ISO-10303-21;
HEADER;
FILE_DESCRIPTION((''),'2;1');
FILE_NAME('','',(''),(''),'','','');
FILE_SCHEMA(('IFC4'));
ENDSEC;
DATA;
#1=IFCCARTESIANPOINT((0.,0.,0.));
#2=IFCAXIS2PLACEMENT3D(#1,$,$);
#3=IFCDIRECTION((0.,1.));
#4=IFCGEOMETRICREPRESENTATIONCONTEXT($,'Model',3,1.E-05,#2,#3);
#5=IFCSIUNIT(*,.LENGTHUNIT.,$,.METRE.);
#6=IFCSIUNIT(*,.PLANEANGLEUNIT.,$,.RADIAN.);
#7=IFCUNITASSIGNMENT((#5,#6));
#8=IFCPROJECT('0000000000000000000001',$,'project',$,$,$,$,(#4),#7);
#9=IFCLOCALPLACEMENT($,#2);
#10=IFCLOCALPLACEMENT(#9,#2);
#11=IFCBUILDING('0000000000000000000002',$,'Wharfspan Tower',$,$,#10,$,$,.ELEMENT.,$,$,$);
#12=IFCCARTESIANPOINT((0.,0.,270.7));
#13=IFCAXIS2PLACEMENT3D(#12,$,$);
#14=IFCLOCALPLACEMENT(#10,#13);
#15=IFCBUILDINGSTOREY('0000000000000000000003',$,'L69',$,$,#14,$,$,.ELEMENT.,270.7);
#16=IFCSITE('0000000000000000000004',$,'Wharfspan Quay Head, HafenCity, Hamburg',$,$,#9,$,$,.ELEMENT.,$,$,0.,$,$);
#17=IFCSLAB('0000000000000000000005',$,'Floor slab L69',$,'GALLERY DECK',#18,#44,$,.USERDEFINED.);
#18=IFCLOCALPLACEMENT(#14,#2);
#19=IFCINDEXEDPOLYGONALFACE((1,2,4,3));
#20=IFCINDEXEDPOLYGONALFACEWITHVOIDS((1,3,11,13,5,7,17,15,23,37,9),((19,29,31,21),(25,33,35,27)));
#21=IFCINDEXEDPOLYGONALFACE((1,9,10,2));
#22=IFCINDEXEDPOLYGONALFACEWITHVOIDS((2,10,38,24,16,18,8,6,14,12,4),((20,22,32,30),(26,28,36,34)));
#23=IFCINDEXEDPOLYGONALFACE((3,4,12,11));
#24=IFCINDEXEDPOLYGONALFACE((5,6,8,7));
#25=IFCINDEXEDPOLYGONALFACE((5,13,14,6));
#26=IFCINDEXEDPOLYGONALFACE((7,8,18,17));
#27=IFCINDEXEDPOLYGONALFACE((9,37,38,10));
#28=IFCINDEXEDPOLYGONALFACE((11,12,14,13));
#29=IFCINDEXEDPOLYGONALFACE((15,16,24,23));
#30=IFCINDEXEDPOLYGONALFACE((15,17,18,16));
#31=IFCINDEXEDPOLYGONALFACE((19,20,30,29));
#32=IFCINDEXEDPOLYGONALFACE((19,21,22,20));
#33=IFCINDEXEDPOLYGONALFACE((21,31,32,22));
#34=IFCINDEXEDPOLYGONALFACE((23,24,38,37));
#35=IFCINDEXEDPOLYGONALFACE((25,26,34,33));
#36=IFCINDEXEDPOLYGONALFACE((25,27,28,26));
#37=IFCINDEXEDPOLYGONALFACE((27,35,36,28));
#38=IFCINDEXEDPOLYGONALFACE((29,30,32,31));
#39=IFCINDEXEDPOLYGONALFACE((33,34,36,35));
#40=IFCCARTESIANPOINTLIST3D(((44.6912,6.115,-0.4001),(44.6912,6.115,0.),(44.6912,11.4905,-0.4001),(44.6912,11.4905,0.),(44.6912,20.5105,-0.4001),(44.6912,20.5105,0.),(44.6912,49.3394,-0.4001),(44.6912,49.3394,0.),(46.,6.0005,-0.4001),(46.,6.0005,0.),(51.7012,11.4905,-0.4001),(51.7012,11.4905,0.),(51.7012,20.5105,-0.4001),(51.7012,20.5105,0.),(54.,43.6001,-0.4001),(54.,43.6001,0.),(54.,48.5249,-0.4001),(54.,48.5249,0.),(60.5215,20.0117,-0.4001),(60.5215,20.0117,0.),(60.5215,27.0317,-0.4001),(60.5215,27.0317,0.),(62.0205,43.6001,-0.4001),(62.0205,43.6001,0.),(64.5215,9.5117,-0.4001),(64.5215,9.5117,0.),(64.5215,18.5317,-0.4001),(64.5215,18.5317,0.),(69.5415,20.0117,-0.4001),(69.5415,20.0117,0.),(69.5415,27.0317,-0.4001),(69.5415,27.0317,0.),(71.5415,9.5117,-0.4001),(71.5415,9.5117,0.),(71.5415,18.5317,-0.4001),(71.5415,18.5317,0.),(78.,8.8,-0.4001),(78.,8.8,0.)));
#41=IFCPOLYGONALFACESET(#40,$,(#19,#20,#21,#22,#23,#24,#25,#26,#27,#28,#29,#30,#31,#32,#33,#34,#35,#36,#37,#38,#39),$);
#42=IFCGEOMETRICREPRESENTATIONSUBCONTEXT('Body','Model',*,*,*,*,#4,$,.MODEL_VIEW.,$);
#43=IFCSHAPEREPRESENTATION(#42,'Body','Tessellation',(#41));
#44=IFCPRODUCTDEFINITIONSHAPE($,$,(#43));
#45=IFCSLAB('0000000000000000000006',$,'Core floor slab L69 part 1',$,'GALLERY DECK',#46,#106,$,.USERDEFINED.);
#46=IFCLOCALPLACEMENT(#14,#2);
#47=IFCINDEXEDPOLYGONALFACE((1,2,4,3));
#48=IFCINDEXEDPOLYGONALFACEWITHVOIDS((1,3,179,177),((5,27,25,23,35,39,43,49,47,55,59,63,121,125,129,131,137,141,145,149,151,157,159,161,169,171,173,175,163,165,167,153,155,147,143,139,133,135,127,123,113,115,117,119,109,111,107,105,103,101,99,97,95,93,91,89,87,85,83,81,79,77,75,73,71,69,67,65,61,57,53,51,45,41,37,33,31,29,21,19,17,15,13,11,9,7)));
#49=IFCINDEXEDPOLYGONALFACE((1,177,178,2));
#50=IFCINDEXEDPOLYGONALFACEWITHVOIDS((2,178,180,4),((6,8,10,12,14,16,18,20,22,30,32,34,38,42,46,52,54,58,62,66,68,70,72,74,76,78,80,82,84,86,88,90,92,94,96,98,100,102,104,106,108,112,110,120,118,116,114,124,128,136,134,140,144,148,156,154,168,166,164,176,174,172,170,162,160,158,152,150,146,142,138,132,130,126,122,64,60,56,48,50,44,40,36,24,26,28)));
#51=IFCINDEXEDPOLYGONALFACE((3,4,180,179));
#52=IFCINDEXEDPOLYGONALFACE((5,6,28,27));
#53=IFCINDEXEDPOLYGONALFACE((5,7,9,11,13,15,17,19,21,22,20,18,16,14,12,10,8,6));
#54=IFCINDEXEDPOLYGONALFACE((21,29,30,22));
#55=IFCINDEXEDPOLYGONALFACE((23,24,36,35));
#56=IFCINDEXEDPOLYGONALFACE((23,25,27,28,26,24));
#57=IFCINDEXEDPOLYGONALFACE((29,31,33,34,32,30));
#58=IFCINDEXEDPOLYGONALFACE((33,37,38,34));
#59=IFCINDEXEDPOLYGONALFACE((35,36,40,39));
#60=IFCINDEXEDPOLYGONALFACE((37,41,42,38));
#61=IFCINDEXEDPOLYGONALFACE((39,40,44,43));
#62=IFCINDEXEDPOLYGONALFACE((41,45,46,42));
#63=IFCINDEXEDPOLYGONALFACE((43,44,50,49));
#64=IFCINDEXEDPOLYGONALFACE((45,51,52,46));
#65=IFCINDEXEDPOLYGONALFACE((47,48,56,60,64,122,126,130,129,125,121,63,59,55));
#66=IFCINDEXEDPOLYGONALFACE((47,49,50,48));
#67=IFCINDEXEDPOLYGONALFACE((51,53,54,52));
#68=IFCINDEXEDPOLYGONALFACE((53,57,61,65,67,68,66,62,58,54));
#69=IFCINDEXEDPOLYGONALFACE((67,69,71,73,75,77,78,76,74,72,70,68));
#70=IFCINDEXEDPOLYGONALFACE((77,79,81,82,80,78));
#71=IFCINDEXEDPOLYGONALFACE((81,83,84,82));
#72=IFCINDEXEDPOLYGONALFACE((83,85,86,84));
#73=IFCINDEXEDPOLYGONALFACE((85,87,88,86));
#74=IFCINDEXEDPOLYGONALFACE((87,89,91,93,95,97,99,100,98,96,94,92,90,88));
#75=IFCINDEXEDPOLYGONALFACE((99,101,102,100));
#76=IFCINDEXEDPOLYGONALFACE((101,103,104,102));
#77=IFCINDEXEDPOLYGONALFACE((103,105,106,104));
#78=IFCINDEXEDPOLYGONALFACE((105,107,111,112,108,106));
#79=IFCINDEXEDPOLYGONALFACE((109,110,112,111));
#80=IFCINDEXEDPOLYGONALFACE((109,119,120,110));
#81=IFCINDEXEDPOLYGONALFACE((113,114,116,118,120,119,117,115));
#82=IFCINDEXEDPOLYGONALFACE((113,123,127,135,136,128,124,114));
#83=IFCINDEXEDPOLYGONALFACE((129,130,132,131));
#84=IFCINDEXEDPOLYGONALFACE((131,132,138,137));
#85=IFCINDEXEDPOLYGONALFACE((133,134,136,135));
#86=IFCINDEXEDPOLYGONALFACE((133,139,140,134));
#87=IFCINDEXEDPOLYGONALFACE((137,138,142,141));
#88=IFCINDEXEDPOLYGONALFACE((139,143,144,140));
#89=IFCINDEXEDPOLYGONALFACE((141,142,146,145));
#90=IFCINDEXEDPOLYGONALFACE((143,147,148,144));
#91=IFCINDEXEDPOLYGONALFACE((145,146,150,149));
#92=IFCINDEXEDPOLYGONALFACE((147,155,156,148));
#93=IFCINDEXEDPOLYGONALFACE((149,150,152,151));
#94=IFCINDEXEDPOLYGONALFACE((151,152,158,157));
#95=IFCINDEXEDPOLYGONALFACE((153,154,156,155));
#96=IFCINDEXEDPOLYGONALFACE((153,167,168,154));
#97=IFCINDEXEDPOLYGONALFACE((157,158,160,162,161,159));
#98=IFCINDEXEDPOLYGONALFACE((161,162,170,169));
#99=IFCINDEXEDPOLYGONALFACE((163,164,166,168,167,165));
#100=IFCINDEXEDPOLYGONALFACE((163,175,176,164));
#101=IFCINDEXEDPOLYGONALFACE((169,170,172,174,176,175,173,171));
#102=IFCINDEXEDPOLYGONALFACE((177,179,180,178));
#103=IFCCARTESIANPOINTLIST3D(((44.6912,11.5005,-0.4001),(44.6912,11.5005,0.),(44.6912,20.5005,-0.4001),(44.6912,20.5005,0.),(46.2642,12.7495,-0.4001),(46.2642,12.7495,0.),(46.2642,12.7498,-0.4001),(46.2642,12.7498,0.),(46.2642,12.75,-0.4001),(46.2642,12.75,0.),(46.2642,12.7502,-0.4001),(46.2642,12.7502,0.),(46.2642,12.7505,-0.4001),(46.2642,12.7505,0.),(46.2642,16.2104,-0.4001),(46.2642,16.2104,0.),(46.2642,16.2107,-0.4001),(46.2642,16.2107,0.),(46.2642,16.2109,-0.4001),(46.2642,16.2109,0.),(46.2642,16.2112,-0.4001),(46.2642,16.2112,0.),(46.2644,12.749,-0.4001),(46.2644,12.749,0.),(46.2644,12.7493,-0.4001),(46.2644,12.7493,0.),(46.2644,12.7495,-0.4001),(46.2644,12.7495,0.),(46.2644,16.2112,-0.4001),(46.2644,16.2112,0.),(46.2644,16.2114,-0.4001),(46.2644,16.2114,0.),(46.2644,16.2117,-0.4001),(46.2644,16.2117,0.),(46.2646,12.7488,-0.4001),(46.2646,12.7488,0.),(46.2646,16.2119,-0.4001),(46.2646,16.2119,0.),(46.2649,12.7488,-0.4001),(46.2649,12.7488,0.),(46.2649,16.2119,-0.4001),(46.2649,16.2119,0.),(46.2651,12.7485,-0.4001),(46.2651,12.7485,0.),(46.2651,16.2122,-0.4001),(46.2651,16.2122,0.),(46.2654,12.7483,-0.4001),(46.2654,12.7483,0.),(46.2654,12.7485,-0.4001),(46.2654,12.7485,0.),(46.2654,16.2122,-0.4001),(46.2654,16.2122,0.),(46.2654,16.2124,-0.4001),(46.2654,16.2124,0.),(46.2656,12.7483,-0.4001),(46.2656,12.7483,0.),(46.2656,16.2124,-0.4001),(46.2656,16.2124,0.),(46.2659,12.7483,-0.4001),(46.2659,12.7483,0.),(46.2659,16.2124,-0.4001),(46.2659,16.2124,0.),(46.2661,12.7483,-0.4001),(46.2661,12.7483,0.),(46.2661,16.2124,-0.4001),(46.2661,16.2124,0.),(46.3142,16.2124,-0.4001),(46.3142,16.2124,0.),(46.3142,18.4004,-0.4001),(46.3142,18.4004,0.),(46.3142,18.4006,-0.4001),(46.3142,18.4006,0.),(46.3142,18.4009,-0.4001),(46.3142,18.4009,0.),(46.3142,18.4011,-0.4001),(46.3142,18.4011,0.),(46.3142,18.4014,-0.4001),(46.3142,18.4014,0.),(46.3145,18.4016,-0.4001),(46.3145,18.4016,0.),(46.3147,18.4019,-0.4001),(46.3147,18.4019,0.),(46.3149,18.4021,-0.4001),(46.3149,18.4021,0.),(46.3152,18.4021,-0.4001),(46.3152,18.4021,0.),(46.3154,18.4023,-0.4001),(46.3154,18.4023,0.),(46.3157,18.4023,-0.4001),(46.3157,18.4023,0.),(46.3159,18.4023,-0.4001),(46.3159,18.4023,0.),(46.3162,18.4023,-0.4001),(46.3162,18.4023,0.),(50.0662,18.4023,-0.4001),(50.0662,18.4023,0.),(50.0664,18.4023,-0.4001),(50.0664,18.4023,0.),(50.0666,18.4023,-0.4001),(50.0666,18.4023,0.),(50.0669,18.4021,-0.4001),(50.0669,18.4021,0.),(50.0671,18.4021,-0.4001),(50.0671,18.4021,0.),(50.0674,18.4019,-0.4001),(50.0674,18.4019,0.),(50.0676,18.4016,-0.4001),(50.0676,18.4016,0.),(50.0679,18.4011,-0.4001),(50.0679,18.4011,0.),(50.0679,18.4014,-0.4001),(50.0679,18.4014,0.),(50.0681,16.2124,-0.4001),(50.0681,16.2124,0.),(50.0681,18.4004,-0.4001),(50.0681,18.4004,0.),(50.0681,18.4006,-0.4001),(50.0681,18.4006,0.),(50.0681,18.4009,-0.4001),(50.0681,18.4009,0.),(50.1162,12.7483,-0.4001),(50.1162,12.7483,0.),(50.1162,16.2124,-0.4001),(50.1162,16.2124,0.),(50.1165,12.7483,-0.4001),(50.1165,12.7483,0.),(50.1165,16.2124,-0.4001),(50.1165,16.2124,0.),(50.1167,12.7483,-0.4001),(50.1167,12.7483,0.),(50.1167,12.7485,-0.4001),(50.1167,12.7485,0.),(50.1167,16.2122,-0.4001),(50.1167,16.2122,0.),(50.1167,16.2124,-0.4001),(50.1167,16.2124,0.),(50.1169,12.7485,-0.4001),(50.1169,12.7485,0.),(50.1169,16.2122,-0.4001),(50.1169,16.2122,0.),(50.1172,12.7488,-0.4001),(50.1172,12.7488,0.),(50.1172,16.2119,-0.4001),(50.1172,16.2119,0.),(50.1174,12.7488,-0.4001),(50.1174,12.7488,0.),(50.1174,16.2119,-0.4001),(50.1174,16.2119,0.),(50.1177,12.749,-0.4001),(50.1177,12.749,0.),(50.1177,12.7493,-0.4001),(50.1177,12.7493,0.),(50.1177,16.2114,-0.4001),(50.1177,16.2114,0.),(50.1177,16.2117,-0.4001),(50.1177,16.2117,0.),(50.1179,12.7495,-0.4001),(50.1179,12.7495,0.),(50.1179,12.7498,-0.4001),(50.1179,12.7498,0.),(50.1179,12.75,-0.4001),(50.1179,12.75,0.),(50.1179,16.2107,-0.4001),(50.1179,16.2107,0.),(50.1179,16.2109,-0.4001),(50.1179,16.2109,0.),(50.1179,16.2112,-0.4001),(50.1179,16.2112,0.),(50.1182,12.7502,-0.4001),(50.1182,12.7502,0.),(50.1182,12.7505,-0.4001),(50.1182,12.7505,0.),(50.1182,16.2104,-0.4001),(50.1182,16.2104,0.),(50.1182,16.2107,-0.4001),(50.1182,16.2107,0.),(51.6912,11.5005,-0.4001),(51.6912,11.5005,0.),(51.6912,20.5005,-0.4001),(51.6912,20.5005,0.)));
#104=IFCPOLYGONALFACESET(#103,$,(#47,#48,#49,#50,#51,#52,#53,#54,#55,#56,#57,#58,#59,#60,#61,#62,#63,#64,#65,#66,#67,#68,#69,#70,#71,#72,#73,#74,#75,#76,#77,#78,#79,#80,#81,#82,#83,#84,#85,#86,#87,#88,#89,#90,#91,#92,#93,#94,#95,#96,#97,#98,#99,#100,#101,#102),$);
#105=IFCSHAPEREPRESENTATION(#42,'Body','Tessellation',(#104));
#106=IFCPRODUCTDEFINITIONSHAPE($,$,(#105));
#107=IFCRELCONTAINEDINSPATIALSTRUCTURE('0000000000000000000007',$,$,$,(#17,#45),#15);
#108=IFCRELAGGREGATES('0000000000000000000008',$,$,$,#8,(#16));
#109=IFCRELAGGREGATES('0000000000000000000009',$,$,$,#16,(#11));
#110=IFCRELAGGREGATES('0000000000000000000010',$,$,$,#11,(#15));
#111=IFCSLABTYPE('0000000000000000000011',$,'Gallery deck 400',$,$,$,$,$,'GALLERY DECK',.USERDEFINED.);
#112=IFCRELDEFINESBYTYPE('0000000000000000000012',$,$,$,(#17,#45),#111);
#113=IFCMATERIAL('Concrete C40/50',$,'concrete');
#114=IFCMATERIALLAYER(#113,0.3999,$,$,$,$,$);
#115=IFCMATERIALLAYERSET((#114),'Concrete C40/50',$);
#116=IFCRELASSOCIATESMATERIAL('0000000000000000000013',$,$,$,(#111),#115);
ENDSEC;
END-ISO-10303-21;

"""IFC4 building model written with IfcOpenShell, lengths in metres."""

from ifc_helpers import new_model, si_unit, direction, frame, origin, place, context, subcontext, project, spatial, polyline, outline, extrude, material, layer, layer_set, type_object, element, save


model = new_model("IFC4")

# Units and contexts
model_context = context("Model", 3, precision=1e-05, world=origin(), true_north=direction((0.0, 1.0)))
body_context = subcontext(model_context, "Body", "Model", "MODEL_VIEW")
ifc_project = project(units=[si_unit("LENGTHUNIT", "METRE"), si_unit("PLANEANGLEUNIT", "RADIAN")], contexts=[model_context])

# Site, building, storey
site_placement = place(None, origin())
site = spatial("IfcSite", under=ifc_project, at=site_placement, Name="Wharfspan Quay Head, HafenCity, Hamburg", CompositionType="ELEMENT", RefElevation=0.0)
building_placement = place(site_placement, origin())
building = spatial("IfcBuilding", under=site, at=building_placement, Name="Wharfspan Tower", CompositionType="ELEMENT")
storey_placement = place(building_placement, frame((0.0, 0.0, 270.7)))
storey = spatial("IfcBuildingStorey", under=building, at=storey_placement, Name="L69", CompositionType="ELEMENT", Elevation=270.7)

# Slabs
ifc_material_1 = material(Name="Concrete C40/50", Category="concrete")
ifc_layer_1 = layer(ifc_material_1, 0.3999)
ifc_layer_set_1 = layer_set([ifc_layer_1], Name="Concrete C40/50")
slab_type_1 = type_object("IfcSlabType", Name="Gallery deck 400", ElementType="GALLERY DECK", PredefinedType="USERDEFINED", material=ifc_layer_set_1)
slab_1_placement = place(storey_placement, frame((0.0, 0.0, -0.4001)))
element("IfcSlab", 1, at=slab_1_placement, inside=storey, type_object=slab_type_1, Name="Floor slab L69", ObjectType="GALLERY DECK", PredefinedType="USERDEFINED", context=body_context, shape_type="SweptSolid", body=[
    extrude(outline(polyline([(54.0, 48.5249), (44.6912, 49.3394), (44.6912, 20.5105), (51.7012, 20.5105), (51.7012, 11.4905), (44.6912, 11.4905), (44.6912, 6.115), (46.0, 6.0005), (78.0, 8.8), (62.0205, 43.6001), (54.0, 43.6001), (54.0, 48.5249)]), holes=[polyline([(64.5215, 9.5117), (64.5215, 18.5317), (71.5415, 18.5317), (71.5415, 9.5117), (64.5215, 9.5117)]), polyline([(60.5215, 27.0317), (69.5415, 27.0317), (69.5415, 20.0117), (60.5215, 20.0117), (60.5215, 27.0317)])]), origin(), (0.0, 0.0, 1.0), 0.4001),
])
slab_2_placement = place(storey_placement, frame((0.0, 0.0, -0.4001)))
element("IfcSlab", 2, at=slab_2_placement, inside=storey, type_object=slab_type_1, Name="Core floor slab L69 part 1", ObjectType="GALLERY DECK", PredefinedType="USERDEFINED", context=body_context, shape_type="SweptSolid", body=[
    extrude(outline(polyline([(44.6912, 20.5005), (44.6912, 11.5005), (51.6912, 11.5005), (51.6912, 20.5005), (44.6912, 20.5005)]), holes=[polyline([(46.2661, 12.7483), (46.2659, 12.7483), (46.2656, 12.7483), (46.2654, 12.7483), (46.2654, 12.7485), (46.2651, 12.7485), (46.2649, 12.7488), (46.2649, 12.7488), (46.2646, 12.7488), (46.2644, 12.749), (46.2644, 12.7493), (46.2644, 12.7495), (46.2642, 12.7495), (46.2642, 12.7498), (46.2642, 12.75), (46.2642, 12.7502), (46.2642, 12.7505), (46.2642, 16.2104), (46.2642, 16.2107), (46.2642, 16.2107), (46.2642, 16.2109), (46.2642, 16.2112), (46.2644, 16.2112), (46.2644, 16.2114), (46.2644, 16.2117), (46.2646, 16.2119), (46.2649, 16.2119), (46.2649, 16.2119), (46.2651, 16.2122), (46.2654, 16.2122), (46.2654, 16.2124), (46.2656, 16.2124), (46.2659, 16.2124), (46.2661, 16.2124), (46.3142, 16.2124), (46.3142, 18.4004), (46.3142, 18.4006), (46.3142, 18.4009), (46.3142, 18.4009), (46.3142, 18.4011), (46.3142, 18.4014), (46.3145, 18.4016), (46.3145, 18.4016), (46.3147, 18.4019), (46.3147, 18.4019), (46.3149, 18.4021), (46.3152, 18.4021), (46.3152, 18.4021), (46.3154, 18.4023), (46.3157, 18.4023), (46.3159, 18.4023), (46.3162, 18.4023), (50.0662, 18.4023), (50.0664, 18.4023), (50.0664, 18.4023), (50.0667, 18.4023), (50.0669, 18.4021), (50.0669, 18.4021), (50.0671, 18.4021), (50.0674, 18.4019), (50.0674, 18.4019), (50.0676, 18.4016), (50.0676, 18.4016), (50.0679, 18.4014), (50.0679, 18.4011), (50.0681, 18.4009), (50.0681, 18.4009), (50.0681, 18.4006), (50.0681, 18.4004), (50.0681, 16.2124), (50.1162, 16.2124), (50.1162, 16.2124), (50.1165, 16.2124), (50.1167, 16.2124), (50.1167, 16.2122), (50.1169, 16.2122), (50.1172, 16.2119), (50.1172, 16.2119), (50.1174, 16.2119), (50.1177, 16.2117), (50.1177, 16.2114), (50.1179, 16.2112), (50.1179, 16.2112), (50.1179, 16.2109), (50.1179, 16.2107), (50.1182, 16.2107), (50.1182, 16.2104), (50.1182, 12.7505), (50.1182, 12.7502), (50.1179, 12.75), (50.1179, 12.7498), (50.1179, 12.7495), (50.1179, 12.7495), (50.1177, 12.7493), (50.1177, 12.749), (50.1174, 12.7488), (50.1172, 12.7488), (50.1172, 12.7488), (50.1169, 12.7485), (50.1167, 12.7485), (50.1167, 12.7483), (50.1165, 12.7483), (50.1162, 12.7483), (50.1162, 12.7483), (46.2661, 12.7483)])]), origin(), (0.0, 0.0, 1.0), 0.4001),
])

save(model, "model.ifc")
